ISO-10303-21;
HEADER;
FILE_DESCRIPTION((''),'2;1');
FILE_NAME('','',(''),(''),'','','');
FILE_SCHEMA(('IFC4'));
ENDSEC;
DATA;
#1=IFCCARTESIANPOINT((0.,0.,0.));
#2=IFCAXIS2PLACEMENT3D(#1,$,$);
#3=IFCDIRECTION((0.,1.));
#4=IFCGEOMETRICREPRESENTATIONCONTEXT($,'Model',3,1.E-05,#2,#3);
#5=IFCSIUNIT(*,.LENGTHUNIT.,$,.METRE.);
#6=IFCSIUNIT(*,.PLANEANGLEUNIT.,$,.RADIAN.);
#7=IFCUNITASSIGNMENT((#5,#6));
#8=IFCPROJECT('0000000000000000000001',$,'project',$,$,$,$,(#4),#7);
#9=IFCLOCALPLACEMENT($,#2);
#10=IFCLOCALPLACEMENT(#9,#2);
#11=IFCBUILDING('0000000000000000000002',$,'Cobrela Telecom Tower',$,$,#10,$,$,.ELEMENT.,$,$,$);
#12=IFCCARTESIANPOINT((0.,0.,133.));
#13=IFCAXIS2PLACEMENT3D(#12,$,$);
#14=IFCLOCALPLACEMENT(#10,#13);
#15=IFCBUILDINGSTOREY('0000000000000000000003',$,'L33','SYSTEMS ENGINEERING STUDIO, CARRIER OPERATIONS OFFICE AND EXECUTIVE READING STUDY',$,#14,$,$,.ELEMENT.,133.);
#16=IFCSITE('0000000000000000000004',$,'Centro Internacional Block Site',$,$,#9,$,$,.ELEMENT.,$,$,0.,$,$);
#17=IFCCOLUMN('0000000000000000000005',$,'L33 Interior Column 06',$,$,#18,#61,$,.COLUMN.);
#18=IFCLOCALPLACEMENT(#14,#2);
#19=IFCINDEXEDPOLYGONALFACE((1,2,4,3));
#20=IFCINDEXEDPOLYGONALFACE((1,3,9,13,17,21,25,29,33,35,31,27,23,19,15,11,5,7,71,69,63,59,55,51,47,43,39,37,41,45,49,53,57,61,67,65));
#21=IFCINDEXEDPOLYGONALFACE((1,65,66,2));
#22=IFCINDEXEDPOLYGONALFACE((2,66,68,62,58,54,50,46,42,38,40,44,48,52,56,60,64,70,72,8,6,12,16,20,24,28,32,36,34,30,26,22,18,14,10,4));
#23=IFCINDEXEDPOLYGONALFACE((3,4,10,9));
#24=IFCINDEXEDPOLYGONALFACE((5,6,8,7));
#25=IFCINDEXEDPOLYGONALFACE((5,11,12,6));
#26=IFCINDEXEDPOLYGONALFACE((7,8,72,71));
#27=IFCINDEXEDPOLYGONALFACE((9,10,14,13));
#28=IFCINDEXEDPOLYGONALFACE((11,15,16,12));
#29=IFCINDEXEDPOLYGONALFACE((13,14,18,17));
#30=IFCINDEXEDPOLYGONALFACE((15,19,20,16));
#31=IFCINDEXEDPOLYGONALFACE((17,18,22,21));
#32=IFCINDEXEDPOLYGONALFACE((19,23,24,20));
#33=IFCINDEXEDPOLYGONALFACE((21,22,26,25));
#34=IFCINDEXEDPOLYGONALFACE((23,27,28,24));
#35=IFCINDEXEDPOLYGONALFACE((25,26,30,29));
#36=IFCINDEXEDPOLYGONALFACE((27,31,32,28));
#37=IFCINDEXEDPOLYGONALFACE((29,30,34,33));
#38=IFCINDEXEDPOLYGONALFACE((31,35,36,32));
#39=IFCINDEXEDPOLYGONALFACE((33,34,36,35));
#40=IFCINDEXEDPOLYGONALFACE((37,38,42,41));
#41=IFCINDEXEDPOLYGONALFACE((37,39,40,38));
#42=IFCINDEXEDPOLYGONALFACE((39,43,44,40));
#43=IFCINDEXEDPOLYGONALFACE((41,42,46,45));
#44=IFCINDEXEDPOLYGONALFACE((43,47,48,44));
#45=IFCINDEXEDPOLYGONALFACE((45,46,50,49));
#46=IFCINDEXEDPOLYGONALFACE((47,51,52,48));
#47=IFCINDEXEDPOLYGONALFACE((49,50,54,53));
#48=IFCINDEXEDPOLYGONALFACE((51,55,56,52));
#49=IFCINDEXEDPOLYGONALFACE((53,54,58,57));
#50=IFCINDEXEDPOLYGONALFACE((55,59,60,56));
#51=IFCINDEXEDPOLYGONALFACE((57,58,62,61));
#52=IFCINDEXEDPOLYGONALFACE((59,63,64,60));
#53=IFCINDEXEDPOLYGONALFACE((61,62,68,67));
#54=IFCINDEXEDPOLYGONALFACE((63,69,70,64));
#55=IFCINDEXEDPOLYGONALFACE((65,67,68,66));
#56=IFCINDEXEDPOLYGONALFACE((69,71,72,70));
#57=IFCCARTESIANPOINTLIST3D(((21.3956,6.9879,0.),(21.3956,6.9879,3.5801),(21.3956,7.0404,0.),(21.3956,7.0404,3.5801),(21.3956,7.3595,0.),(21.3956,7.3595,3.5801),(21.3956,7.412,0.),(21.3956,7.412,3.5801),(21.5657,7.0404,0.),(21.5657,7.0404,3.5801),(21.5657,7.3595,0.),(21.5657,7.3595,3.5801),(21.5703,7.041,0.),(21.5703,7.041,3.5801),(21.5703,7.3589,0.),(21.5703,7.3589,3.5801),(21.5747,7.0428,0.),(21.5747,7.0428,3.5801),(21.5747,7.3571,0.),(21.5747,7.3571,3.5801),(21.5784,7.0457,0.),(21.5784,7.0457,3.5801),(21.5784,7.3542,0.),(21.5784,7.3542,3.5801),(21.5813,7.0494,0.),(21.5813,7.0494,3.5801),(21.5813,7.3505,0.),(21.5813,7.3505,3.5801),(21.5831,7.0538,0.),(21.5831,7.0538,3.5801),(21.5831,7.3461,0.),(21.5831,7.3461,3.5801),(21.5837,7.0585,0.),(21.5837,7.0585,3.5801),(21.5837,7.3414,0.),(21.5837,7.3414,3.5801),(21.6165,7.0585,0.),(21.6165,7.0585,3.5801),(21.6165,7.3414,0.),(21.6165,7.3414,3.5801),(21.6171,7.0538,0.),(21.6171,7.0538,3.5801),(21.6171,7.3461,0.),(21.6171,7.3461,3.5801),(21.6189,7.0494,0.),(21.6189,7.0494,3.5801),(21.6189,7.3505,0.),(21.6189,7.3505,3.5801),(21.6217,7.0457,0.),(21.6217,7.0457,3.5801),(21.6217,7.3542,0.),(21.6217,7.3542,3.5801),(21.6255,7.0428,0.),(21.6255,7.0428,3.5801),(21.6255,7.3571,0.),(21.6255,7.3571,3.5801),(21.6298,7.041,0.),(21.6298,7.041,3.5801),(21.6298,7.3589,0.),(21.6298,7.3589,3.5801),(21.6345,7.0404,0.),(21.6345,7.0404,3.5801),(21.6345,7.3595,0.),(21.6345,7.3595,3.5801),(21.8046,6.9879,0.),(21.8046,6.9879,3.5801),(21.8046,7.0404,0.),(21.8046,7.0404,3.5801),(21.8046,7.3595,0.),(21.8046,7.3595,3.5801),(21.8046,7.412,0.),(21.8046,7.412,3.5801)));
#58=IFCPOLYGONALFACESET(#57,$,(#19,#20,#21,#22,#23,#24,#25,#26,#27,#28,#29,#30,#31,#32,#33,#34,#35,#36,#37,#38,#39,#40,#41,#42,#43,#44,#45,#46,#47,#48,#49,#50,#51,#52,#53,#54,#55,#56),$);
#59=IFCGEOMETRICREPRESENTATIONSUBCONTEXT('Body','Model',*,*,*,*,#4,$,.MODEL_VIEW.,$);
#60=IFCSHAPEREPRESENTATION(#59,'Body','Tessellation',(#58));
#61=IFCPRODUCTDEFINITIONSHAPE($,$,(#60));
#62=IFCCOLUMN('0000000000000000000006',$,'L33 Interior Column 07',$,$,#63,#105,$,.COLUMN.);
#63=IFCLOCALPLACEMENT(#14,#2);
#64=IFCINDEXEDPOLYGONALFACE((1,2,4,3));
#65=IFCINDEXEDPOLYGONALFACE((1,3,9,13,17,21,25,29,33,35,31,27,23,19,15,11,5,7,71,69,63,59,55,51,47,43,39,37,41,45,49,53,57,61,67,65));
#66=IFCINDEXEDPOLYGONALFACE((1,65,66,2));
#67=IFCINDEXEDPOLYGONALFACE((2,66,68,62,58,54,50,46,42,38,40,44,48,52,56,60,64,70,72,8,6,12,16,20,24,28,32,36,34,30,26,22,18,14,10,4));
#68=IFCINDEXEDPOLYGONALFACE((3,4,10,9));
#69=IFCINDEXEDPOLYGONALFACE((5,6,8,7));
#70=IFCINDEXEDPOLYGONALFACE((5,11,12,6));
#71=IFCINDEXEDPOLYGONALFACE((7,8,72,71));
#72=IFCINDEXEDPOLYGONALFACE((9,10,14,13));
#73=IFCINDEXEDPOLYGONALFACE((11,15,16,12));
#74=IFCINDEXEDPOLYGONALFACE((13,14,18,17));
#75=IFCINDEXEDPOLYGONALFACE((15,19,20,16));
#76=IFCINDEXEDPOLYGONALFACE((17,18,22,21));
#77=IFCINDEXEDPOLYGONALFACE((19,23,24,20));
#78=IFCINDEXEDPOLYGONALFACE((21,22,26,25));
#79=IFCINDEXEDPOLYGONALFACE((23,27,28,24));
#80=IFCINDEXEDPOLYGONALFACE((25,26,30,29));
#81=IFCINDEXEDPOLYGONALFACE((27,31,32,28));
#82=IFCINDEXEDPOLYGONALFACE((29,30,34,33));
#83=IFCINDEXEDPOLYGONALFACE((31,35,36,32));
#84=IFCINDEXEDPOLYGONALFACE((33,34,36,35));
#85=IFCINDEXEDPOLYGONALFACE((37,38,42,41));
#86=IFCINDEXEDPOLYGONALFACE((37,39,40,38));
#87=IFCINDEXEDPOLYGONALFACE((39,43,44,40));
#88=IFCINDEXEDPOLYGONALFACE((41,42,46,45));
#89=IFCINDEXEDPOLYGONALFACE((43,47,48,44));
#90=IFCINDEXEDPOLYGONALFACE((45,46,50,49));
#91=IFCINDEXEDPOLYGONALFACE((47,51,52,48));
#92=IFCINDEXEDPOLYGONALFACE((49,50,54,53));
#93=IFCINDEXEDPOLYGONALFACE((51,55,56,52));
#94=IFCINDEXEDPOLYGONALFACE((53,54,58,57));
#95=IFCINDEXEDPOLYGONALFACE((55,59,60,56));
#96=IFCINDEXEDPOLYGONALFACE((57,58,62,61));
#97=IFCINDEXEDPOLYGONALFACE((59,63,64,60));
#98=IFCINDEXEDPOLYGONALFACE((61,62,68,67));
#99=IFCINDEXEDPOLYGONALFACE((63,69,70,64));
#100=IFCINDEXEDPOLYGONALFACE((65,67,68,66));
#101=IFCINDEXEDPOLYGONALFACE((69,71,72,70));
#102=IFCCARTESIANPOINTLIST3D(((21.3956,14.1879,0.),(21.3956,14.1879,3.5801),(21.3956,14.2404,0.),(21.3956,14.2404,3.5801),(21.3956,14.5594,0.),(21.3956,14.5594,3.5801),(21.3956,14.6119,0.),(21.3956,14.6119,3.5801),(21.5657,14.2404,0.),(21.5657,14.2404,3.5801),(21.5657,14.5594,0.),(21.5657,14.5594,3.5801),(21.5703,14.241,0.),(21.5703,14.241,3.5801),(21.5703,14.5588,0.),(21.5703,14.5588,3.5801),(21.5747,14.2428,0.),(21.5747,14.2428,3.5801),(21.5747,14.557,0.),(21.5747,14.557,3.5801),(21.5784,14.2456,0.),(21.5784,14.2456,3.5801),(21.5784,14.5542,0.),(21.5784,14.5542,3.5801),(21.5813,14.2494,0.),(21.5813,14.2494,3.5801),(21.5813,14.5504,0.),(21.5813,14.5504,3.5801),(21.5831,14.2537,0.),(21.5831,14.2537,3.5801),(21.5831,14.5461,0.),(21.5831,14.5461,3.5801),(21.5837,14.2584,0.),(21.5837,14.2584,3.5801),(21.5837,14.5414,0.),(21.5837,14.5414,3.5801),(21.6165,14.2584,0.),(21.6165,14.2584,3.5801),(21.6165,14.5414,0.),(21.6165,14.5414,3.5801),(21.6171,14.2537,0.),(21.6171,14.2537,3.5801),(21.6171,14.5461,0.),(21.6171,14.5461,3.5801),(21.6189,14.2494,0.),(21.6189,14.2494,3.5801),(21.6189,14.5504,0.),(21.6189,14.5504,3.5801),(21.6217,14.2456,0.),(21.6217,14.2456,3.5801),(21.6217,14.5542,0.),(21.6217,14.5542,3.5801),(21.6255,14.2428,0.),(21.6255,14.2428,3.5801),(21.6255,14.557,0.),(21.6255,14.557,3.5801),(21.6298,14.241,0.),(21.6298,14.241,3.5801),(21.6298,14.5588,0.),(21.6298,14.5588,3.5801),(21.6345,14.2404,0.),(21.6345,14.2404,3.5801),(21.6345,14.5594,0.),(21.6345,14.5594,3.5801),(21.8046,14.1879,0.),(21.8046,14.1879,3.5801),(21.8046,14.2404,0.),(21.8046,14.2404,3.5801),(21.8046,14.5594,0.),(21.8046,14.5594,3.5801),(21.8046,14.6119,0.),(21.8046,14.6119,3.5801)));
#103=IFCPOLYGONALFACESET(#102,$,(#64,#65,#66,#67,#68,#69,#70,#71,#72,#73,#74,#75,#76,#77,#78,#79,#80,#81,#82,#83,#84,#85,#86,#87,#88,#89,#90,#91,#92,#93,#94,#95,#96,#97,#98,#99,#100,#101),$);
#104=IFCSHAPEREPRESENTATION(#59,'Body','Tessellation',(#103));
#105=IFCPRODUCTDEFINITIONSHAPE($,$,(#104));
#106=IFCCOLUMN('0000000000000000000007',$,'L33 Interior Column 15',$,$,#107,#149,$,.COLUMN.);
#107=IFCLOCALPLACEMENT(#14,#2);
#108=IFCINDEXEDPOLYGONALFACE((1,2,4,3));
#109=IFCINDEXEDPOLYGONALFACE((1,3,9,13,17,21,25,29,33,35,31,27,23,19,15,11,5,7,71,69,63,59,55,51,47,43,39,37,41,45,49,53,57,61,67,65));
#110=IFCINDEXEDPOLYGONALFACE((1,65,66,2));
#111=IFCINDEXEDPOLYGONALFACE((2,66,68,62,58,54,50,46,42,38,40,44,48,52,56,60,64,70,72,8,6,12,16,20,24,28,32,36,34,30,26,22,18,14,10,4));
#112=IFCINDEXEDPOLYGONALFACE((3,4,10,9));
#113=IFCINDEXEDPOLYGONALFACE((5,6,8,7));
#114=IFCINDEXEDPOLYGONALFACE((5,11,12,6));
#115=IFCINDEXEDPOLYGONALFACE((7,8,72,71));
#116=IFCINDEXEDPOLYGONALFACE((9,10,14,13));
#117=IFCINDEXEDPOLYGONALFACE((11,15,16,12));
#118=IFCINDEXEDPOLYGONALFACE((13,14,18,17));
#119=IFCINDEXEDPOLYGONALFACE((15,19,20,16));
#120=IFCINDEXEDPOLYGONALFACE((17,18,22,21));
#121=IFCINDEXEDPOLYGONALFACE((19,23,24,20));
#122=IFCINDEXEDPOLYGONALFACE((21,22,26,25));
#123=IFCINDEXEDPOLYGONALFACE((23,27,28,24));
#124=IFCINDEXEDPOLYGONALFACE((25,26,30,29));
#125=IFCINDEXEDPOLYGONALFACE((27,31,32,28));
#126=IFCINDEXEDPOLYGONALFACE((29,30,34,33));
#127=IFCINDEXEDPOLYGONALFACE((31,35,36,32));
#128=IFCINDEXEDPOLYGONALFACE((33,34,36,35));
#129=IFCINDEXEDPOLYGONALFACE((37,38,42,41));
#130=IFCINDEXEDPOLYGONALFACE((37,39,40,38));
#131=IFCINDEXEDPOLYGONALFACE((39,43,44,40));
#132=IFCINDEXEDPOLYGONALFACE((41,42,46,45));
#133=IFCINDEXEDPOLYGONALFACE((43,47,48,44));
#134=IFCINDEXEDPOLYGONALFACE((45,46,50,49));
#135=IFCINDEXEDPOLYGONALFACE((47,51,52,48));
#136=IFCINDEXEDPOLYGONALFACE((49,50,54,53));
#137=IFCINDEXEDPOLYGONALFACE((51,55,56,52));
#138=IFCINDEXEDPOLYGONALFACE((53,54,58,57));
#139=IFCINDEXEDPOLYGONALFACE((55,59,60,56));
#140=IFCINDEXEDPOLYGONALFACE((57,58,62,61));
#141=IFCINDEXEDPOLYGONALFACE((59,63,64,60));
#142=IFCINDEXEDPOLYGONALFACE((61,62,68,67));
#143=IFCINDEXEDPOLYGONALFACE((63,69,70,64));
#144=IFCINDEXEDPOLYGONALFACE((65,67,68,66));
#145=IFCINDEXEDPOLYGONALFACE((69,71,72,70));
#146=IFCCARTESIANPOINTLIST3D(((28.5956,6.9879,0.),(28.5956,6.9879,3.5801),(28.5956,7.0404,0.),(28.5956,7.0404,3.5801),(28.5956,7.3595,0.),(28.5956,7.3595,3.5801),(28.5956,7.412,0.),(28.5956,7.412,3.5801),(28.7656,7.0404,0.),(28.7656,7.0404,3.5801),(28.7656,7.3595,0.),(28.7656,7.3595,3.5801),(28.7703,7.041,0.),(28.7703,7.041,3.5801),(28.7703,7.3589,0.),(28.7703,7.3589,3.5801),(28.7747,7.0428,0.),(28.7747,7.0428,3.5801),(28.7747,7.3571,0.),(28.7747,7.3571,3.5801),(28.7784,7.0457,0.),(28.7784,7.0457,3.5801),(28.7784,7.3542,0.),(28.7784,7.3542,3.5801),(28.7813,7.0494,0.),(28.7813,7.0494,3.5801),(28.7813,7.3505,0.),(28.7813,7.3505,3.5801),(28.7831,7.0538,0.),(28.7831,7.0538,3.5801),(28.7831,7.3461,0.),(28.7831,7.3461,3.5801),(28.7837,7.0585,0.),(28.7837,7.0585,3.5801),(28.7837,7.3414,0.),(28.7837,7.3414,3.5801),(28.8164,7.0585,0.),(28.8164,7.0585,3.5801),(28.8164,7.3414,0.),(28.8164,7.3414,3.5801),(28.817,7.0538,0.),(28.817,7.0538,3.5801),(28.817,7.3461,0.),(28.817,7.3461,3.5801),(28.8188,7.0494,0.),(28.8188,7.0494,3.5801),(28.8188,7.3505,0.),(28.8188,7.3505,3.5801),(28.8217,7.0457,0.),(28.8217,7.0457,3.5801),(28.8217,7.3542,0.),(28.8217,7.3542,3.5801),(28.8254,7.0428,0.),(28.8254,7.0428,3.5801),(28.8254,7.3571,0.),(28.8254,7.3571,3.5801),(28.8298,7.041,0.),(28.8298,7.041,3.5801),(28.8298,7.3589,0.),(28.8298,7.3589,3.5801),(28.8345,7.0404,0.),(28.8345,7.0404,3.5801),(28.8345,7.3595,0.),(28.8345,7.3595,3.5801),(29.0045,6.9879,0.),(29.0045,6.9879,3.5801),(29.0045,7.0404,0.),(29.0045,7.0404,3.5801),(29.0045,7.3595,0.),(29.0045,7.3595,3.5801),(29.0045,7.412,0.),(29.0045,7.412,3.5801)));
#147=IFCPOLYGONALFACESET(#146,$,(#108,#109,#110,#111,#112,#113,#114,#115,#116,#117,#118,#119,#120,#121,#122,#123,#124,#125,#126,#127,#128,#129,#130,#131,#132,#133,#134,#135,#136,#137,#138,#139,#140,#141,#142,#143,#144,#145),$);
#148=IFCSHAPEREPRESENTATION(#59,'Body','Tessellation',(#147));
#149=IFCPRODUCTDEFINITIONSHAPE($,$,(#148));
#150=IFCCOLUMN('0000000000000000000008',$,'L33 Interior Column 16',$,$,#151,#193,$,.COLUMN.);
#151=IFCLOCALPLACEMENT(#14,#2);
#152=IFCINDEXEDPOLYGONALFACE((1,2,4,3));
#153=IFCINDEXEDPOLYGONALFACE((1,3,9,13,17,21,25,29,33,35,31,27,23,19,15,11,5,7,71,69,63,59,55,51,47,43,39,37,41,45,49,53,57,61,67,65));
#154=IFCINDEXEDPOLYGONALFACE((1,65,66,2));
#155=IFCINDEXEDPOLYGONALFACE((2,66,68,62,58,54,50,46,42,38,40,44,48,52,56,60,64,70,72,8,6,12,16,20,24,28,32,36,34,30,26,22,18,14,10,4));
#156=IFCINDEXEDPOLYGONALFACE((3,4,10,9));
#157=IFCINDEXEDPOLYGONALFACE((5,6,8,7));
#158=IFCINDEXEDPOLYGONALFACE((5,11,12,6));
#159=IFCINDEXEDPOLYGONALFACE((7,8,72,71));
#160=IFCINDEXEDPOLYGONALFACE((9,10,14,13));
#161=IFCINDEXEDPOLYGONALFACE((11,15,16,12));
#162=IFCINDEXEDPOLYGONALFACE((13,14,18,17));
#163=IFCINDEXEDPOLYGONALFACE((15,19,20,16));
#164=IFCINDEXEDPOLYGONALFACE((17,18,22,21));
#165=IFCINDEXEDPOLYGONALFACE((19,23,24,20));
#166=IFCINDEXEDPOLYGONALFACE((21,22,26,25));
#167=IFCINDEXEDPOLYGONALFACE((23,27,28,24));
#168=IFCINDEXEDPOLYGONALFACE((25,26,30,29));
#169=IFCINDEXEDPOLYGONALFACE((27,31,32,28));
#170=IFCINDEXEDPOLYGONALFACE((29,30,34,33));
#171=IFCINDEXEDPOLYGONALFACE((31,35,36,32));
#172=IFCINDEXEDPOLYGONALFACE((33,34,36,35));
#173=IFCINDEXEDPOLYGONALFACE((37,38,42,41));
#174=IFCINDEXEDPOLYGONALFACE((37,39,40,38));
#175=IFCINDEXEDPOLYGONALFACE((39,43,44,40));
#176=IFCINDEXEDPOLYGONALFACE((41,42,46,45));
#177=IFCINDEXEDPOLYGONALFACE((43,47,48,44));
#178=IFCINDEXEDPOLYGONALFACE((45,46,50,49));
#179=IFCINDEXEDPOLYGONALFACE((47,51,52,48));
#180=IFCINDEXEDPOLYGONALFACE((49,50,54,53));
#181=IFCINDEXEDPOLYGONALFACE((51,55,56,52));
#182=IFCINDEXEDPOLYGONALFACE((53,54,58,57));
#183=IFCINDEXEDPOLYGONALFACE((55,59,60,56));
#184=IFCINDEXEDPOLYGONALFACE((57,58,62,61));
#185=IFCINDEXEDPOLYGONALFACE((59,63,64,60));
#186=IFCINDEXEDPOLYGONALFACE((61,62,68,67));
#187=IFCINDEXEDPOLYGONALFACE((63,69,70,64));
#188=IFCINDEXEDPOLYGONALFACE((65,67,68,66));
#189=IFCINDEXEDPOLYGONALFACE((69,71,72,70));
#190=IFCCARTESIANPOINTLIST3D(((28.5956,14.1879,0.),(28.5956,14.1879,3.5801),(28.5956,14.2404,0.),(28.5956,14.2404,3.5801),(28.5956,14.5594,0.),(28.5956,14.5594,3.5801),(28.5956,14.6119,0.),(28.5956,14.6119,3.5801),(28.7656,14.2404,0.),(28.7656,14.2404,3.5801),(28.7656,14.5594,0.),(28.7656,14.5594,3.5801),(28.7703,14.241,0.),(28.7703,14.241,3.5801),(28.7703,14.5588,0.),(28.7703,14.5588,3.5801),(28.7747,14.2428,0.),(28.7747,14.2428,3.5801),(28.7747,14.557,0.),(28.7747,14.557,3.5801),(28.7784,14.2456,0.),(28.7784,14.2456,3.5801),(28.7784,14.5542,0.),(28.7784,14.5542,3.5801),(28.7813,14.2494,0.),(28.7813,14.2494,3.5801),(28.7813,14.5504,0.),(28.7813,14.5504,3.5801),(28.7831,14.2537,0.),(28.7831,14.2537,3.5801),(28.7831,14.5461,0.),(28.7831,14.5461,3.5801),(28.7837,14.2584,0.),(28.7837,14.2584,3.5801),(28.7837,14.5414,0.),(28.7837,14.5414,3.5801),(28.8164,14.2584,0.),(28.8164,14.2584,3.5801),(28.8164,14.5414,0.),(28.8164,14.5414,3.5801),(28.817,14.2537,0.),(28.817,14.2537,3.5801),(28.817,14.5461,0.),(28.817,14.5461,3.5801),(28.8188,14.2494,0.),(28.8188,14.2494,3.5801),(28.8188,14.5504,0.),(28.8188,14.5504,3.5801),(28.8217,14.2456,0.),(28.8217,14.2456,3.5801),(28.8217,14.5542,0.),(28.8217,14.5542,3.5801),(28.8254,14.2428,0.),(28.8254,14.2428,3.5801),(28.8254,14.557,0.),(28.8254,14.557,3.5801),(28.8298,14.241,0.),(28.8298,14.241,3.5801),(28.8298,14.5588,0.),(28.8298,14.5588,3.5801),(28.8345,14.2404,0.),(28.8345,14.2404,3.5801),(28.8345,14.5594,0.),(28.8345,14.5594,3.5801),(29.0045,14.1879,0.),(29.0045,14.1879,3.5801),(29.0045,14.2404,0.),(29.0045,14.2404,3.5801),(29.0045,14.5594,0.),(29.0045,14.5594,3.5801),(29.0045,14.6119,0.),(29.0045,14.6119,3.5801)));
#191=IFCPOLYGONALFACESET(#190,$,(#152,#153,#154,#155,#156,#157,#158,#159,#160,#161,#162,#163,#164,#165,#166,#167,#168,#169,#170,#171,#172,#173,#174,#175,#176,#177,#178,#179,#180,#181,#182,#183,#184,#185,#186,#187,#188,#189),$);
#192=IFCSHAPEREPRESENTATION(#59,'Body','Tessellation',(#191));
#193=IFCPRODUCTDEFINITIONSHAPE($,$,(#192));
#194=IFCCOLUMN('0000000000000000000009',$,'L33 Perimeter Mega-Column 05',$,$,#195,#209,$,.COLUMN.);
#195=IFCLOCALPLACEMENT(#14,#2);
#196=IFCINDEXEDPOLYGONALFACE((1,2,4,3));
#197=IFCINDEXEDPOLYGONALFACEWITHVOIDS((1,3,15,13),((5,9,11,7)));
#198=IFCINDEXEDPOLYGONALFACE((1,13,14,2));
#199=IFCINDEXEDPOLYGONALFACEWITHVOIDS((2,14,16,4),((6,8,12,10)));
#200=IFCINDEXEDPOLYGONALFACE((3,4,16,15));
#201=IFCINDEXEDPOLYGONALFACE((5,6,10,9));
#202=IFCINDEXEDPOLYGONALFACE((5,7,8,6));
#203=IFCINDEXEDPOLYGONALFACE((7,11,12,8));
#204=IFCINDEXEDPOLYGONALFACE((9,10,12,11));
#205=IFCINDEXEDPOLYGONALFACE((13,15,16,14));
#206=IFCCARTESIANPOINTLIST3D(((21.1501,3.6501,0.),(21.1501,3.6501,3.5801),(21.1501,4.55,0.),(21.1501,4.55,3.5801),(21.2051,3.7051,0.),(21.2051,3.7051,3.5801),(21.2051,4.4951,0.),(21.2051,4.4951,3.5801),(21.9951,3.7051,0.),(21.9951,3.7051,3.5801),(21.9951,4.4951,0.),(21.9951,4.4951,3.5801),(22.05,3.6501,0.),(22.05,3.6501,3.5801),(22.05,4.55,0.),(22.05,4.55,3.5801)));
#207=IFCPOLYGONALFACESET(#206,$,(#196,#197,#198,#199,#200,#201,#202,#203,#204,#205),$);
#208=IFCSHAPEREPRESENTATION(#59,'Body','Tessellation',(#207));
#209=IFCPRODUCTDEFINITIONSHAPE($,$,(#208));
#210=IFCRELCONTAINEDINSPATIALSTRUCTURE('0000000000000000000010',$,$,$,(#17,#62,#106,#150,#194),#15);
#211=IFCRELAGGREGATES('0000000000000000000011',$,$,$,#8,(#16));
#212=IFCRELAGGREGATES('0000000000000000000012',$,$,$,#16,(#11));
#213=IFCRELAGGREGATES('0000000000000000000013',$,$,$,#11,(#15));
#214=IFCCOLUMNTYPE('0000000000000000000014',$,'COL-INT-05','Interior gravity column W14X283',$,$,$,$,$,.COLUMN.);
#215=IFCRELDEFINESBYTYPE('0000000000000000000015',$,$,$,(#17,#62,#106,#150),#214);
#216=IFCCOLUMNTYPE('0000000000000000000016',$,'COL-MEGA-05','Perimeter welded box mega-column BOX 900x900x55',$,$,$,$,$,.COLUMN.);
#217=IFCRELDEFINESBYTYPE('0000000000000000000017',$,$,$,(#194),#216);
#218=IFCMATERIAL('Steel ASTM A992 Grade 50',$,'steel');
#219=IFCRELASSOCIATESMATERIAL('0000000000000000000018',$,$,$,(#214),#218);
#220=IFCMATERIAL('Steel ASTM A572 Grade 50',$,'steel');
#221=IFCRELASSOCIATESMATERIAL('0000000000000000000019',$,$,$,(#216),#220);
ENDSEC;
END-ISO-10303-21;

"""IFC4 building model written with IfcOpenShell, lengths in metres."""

from ifc_helpers import new_model, si_unit, direction, frame, origin, origin_2d, place, context, subcontext, project, spatial, hollow_rectangle, i_section, extrude, material, material_profile, profile_set, type_object, element, save


model = new_model("IFC4")

# Units and contexts
model_context = context("Model", 3, precision=1e-05, world=origin(), true_north=direction((0.0, 1.0)))
body_context = subcontext(model_context, "Body", "Model", "MODEL_VIEW")
ifc_project = project(units=[si_unit("LENGTHUNIT", "METRE"), si_unit("PLANEANGLEUNIT", "RADIAN")], contexts=[model_context])

# Site, building, storey
site_placement = place(None, origin())
site = spatial("IfcSite", under=ifc_project, at=site_placement, Name="Centro Internacional Block Site", CompositionType="ELEMENT", RefElevation=0.0)
building_placement = place(site_placement, origin())
building = spatial("IfcBuilding", under=site, at=building_placement, Name="Cobrela Telecom Tower", CompositionType="ELEMENT")
storey_placement = place(building_placement, frame((0.0, 0.0, 133.0)))
storey = spatial("IfcBuildingStorey", under=building, at=storey_placement, Name="L33", Description="SYSTEMS ENGINEERING STUDIO, CARRIER OPERATIONS OFFICE AND EXECUTIVE READING STUDY", CompositionType="ELEMENT", Elevation=133.0)

# Columns
ifc_material_1 = material(Name="Steel ASTM A992 Grade 50", Category="steel")
ifc_material_profile_1 = material_profile(ifc_material_1, i_section(OverallWidth=0.4089, OverallDepth=0.4241, WebThickness=0.0327, FlangeThickness=0.0525, FilletRadius=0.0181, at=origin_2d()), Name="W14X283")
ifc_profile_set_1 = profile_set([ifc_material_profile_1], Name="Steel ASTM A992 Grade 50")
column_type_1 = type_object("IfcColumnType", Name="COL-INT-05", Description="Interior gravity column W14X283", PredefinedType="COLUMN", material=ifc_profile_set_1)
for number, where, z_axis, x_axis, name in (
    (1, (21.6001, 7.2, 0.0), (0.0, 0.0, 1.0), (1.0, 0.0, 0.0), "L33 Interior Column 06"),
    (2, (21.6001, 14.3999, 0.0), (0.0, 0.0, 1.0), (1.0, 0.0, 0.0), "L33 Interior Column 07"),
    (3, (28.8, 7.2, 0.0), (0.0, 0.0, 1.0), (1.0, 0.0, 0.0), "L33 Interior Column 15"),
    (4, (28.8, 14.3999, 0.0), (0.0, 0.0, 1.0), (1.0, 0.0, 0.0), "L33 Interior Column 16"),
):
    element("IfcColumn", number, at=place(storey_placement, frame(where, z_axis=z_axis, x_axis=x_axis)), inside=storey, type_object=column_type_1, Name=name, PredefinedType="COLUMN", context=body_context, shape_type="SweptSolid", body=[
        extrude(i_section(OverallWidth=0.4089, OverallDepth=0.4241, WebThickness=0.0327, FlangeThickness=0.0525, FilletRadius=0.0181, at=origin_2d()), origin(), (0.0, 0.0, 1.0), 3.5801),
    ])
ifc_material_2 = material(Name="Steel ASTM A572 Grade 50", Category="steel")
ifc_material_profile_2 = material_profile(ifc_material_2, hollow_rectangle(XDim=0.8999, YDim=0.8999, WallThickness=0.0549, at=origin_2d()), Name="BOX 900x900x55")
ifc_profile_set_2 = profile_set([ifc_material_profile_2], Name="Steel ASTM A572 Grade 50")
column_type_2 = type_object("IfcColumnType", Name="COL-MEGA-05", Description="Perimeter welded box mega-column BOX 900x900x55", PredefinedType="COLUMN", material=ifc_profile_set_2)
for number, where, z_axis, x_axis, name in (
    (5, (21.6001, 4.1001, 0.0), (0.0, 0.0, 1.0), (1.0, 0.0, 0.0), "L33 Perimeter Mega-Column 05"),
):
    element("IfcColumn", number, at=place(storey_placement, frame(where, z_axis=z_axis, x_axis=x_axis)), inside=storey, type_object=column_type_2, Name=name, PredefinedType="COLUMN", context=body_context, shape_type="SweptSolid", body=[
        extrude(hollow_rectangle(XDim=0.8999, YDim=0.8999, WallThickness=0.0549, at=origin_2d()), origin(), (0.0, 0.0, 1.0), 3.5801),
    ])

save(model, "model.ifc")
